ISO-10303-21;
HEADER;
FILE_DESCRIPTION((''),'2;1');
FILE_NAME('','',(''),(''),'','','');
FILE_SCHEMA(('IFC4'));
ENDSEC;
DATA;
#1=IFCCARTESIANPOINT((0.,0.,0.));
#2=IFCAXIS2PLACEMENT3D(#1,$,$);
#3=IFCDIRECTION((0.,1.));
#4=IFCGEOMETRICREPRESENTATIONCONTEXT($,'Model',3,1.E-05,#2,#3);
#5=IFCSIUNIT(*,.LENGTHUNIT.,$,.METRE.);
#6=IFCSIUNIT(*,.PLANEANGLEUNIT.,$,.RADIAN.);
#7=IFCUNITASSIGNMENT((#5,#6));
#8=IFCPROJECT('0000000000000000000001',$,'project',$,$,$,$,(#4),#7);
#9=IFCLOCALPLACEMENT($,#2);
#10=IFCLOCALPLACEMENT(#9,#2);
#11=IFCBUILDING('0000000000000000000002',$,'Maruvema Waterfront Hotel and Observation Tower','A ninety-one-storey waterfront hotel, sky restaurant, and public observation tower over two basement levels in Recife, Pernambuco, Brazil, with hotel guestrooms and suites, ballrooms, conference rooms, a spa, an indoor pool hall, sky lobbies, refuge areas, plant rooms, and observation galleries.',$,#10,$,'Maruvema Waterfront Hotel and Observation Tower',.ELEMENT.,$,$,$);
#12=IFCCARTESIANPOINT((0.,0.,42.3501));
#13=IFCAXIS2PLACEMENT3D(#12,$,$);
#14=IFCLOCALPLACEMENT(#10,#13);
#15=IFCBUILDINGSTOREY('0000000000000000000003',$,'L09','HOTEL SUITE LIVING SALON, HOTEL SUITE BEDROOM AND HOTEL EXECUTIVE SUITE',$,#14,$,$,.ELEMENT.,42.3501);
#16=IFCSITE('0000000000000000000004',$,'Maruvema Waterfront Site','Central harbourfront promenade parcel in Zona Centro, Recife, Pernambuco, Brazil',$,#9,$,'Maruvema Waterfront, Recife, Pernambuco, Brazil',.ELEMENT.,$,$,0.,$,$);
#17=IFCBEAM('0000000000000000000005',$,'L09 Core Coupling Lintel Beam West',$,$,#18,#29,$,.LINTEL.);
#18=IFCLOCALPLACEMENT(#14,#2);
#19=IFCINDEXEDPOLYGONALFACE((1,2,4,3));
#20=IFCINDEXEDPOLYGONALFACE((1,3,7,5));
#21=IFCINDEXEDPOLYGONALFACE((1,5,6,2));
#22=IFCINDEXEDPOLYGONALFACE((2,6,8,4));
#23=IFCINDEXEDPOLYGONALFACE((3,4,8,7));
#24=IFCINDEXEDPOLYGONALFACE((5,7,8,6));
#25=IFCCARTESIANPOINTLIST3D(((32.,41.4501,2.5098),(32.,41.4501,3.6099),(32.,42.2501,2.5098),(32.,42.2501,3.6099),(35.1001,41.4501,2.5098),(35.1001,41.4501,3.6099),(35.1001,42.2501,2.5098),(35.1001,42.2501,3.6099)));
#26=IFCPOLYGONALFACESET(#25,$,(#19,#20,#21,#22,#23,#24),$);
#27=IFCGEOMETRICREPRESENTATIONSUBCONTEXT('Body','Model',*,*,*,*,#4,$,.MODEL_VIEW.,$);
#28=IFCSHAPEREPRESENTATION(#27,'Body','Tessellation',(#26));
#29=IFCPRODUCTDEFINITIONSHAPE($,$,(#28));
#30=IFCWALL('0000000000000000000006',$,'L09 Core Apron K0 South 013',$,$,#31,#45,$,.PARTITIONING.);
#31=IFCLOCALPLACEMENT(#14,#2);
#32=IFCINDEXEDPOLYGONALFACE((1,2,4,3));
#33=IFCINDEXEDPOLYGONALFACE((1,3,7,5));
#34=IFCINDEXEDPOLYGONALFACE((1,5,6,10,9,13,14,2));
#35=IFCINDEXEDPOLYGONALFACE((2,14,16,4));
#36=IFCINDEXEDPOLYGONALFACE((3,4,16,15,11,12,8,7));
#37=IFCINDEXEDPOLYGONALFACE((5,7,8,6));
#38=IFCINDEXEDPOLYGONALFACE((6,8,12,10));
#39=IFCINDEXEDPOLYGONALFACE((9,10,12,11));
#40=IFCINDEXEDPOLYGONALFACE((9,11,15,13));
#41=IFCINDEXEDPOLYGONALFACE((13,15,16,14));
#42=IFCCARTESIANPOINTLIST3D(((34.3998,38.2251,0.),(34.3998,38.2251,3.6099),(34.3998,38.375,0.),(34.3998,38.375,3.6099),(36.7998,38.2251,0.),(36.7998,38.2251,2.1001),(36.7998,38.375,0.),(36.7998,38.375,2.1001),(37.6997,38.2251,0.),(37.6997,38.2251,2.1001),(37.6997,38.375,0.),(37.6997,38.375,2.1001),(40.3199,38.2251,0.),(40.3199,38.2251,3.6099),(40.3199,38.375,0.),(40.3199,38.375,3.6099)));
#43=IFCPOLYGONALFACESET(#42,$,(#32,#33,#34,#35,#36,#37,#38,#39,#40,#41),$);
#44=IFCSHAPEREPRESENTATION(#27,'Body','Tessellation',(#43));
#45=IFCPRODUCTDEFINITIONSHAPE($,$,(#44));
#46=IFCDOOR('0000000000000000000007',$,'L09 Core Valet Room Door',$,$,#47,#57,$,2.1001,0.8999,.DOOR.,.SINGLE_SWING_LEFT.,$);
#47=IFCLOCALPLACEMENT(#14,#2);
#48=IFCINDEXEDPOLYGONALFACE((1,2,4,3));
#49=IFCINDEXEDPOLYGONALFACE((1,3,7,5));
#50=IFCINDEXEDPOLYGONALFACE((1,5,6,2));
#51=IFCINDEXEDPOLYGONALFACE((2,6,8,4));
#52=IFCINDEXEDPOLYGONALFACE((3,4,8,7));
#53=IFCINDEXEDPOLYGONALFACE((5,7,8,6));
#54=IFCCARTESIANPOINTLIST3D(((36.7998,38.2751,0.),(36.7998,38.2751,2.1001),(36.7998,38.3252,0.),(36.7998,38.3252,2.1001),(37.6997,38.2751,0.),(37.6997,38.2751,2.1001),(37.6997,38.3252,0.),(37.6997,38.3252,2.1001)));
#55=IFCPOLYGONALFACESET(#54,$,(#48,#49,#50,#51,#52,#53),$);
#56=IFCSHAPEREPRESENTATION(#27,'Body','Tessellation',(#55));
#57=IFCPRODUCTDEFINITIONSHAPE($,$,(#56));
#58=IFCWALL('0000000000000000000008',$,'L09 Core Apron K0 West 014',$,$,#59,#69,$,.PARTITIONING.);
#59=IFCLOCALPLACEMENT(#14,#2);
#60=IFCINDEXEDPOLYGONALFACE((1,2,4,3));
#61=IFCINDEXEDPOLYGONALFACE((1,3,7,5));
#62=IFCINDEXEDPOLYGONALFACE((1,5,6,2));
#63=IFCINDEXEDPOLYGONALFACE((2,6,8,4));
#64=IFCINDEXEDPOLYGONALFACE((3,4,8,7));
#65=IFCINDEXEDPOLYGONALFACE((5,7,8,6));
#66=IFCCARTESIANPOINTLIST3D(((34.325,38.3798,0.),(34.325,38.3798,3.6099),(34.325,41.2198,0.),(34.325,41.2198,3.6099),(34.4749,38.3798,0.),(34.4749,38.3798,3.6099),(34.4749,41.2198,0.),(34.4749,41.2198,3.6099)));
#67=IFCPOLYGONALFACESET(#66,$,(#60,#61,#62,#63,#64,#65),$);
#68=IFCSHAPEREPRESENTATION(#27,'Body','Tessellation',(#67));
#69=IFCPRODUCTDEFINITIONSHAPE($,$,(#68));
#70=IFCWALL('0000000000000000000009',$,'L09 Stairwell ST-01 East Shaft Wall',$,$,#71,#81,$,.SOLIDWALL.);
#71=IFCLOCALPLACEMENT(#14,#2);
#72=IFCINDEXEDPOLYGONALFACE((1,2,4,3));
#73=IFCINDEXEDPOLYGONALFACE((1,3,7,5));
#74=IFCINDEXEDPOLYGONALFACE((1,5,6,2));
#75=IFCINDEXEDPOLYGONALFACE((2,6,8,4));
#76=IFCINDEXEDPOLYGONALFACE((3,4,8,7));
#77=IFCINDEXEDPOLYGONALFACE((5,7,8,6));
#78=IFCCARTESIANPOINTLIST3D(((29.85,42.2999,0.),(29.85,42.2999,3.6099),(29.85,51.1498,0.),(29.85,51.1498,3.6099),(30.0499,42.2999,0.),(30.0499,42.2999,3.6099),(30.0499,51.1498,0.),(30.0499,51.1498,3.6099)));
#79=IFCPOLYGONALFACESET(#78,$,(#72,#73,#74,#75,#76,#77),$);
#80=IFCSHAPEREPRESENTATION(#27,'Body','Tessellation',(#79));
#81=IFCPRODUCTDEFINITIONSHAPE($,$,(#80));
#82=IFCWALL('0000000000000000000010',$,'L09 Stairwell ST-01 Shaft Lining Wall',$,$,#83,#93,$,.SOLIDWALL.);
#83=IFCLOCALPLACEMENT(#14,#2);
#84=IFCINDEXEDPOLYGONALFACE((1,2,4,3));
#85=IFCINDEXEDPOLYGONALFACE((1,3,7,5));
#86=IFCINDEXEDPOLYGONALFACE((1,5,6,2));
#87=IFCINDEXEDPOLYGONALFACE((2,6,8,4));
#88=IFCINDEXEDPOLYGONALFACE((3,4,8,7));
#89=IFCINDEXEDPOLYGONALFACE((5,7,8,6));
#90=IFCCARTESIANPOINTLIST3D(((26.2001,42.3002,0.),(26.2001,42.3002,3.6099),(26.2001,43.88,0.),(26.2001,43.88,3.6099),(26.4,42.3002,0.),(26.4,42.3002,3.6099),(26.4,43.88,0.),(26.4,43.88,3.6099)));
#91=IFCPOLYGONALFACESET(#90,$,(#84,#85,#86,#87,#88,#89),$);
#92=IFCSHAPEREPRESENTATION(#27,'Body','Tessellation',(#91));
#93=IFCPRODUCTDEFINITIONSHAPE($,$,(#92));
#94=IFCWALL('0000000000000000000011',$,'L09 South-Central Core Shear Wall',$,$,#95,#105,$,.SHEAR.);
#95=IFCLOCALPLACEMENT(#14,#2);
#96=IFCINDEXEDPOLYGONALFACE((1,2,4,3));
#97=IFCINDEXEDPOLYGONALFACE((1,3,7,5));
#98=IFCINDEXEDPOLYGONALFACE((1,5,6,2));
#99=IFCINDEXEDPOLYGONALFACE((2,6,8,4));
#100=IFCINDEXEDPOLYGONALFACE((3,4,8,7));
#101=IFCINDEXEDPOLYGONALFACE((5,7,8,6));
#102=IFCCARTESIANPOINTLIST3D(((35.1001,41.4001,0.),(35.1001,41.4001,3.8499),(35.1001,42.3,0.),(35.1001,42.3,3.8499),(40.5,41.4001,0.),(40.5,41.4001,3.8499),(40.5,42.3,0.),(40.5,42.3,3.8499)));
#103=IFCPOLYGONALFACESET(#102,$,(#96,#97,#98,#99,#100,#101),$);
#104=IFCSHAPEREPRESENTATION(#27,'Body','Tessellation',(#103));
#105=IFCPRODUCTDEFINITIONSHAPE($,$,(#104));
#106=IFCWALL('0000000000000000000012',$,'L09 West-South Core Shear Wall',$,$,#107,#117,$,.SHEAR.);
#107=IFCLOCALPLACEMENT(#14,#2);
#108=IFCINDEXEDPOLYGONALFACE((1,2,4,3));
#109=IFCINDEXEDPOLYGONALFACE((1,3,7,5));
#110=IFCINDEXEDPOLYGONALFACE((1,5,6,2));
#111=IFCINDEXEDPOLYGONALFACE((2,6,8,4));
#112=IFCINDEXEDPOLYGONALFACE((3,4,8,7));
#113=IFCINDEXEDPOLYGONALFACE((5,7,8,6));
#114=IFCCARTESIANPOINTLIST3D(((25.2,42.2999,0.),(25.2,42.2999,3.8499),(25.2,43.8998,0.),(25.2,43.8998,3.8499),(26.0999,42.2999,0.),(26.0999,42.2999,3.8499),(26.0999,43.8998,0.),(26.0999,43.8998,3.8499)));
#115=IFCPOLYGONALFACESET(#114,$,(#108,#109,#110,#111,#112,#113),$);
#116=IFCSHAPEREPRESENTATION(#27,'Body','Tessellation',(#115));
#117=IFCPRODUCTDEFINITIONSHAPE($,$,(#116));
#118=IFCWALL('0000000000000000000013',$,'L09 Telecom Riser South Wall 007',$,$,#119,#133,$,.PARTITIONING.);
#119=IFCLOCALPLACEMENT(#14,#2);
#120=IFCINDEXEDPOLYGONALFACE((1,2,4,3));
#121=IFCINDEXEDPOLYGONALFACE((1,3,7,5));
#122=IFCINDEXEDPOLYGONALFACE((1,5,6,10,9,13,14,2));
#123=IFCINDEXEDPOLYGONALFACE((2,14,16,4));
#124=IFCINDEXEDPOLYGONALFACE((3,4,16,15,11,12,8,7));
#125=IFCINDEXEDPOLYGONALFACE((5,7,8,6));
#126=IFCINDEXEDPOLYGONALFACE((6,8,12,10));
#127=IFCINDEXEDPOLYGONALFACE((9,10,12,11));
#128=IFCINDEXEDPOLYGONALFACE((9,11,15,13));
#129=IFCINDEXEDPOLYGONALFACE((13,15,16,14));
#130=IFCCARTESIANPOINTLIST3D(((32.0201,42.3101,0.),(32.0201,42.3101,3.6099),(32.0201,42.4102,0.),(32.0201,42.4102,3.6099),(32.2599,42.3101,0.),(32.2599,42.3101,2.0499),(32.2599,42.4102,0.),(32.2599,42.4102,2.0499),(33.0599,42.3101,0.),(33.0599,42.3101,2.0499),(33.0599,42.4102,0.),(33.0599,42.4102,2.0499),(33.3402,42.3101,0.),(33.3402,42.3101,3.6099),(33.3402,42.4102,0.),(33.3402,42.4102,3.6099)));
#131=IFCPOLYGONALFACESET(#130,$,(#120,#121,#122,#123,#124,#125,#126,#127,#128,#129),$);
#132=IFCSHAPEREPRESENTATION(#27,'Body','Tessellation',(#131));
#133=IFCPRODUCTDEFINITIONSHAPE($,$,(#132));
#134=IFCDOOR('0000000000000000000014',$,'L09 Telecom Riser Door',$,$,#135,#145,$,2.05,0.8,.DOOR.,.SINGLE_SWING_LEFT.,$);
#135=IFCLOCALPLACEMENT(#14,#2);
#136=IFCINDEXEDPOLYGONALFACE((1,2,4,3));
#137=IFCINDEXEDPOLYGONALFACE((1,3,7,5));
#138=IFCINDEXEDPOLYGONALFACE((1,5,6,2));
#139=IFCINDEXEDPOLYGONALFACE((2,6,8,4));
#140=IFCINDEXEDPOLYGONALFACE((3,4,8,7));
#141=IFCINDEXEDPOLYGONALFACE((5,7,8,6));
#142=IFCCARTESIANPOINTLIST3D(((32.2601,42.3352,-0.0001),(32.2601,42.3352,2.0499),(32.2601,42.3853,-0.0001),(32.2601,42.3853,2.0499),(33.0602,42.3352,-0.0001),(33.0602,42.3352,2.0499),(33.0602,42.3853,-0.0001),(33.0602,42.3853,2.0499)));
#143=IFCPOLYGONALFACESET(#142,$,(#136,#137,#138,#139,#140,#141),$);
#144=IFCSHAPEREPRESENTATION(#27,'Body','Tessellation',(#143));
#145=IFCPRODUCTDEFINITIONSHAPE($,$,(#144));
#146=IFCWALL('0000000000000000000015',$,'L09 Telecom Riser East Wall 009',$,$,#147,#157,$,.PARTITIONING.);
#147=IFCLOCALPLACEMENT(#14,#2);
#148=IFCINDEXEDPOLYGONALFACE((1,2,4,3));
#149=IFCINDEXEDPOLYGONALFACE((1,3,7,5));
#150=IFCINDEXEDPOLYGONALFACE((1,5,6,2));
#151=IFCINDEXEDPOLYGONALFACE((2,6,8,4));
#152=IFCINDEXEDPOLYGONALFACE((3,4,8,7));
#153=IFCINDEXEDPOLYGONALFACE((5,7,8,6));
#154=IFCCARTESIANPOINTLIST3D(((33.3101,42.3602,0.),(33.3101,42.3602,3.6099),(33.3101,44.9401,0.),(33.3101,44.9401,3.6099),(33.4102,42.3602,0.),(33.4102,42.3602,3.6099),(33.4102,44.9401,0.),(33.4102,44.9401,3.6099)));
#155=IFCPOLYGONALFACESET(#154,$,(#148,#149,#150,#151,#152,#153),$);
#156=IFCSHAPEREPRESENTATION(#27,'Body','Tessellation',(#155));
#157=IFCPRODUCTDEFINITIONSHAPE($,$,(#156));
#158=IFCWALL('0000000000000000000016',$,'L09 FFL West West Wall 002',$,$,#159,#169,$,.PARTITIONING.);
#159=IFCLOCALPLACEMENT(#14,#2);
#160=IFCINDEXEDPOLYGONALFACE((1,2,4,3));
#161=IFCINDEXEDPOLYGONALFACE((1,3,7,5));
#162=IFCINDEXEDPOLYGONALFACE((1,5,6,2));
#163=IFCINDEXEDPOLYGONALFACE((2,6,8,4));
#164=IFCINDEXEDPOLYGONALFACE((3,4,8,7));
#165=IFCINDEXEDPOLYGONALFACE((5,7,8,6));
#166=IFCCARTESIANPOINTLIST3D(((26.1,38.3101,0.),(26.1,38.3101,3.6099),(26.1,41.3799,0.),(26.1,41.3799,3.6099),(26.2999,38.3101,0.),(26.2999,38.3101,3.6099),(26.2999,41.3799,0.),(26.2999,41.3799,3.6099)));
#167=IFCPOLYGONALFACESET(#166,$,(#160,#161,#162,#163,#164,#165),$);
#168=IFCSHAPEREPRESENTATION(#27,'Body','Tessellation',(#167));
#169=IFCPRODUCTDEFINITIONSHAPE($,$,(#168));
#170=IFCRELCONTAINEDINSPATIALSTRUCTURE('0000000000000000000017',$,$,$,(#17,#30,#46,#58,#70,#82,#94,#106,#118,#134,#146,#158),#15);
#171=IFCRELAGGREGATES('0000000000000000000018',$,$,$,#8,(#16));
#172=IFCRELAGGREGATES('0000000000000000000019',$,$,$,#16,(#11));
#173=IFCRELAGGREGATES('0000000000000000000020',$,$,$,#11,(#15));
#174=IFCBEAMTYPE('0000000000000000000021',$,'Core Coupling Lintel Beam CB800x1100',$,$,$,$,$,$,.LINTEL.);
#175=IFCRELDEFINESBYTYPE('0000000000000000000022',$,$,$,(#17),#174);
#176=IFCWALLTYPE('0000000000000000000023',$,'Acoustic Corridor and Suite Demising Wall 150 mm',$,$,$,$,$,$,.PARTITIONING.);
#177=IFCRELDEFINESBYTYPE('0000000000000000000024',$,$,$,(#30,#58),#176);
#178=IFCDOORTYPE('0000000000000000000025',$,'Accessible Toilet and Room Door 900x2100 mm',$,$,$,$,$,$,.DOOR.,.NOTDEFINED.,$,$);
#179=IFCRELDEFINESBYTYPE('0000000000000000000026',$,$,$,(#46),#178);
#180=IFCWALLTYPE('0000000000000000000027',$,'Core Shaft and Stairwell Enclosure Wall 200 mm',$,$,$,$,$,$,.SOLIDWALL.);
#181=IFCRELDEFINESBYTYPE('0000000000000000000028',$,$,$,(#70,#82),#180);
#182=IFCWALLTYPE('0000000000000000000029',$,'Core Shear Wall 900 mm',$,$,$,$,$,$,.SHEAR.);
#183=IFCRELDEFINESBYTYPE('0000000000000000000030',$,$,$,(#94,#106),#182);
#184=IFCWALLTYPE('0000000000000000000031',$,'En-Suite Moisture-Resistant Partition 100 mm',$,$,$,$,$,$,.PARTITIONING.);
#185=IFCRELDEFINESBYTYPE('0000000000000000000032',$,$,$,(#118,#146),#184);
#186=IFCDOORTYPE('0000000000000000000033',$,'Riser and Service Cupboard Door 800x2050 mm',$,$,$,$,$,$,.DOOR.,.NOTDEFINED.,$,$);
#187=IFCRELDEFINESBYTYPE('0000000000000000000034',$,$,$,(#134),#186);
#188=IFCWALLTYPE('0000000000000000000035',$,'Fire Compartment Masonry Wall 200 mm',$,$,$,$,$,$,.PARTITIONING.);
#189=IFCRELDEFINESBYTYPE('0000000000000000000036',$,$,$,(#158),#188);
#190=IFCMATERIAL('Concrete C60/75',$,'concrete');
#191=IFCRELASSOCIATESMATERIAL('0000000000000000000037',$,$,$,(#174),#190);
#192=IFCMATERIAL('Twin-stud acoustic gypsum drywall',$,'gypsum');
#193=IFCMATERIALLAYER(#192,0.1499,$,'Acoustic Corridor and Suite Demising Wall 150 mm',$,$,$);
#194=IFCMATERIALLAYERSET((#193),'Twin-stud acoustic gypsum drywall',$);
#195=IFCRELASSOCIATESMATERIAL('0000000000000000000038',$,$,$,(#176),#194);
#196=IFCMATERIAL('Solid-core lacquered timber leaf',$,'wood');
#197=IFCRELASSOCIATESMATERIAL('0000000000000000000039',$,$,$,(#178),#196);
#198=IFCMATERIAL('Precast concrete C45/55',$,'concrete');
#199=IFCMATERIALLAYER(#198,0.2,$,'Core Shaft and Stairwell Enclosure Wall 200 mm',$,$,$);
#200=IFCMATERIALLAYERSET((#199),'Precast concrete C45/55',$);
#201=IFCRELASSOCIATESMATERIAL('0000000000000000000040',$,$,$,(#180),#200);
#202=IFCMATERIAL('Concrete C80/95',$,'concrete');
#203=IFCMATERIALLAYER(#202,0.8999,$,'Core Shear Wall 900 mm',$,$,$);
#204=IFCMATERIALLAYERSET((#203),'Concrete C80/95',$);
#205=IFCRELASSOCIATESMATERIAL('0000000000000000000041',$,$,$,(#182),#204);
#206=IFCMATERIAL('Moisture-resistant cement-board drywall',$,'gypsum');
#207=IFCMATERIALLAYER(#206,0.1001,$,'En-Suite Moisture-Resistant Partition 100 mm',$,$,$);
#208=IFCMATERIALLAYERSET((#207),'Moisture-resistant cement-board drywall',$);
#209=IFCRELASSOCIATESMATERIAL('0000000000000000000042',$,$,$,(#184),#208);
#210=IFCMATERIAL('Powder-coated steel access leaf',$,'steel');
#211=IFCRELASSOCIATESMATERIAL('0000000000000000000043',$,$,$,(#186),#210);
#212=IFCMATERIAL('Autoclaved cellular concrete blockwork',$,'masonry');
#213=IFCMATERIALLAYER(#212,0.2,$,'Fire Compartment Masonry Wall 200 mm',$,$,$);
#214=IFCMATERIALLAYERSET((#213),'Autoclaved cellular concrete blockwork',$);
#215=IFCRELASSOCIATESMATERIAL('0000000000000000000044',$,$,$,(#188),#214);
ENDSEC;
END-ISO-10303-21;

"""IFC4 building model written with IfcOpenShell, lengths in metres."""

from ifc_helpers import new_model, si_unit, direction, frame, frame_2d, origin, origin_2d, place, context, subcontext, project, spatial, rectangle, extrude, material, layer, layer_set, material_profile, profile_set, type_object, element, fill, save


model = new_model("IFC4")

# Units and contexts
model_context = context("Model", 3, precision=1e-05, world=origin(), true_north=direction((0.0, 1.0)))
body_context = subcontext(model_context, "Body", "Model", "MODEL_VIEW")
ifc_project = project(units=[si_unit("LENGTHUNIT", "METRE"), si_unit("PLANEANGLEUNIT", "RADIAN")], contexts=[model_context])

# Site, building, storey
site_placement = place(None, origin())
site = spatial("IfcSite", under=ifc_project, at=site_placement, Name="Maruvema Waterfront Site", Description="Central harbourfront promenade parcel in Zona Centro, Recife, Pernambuco, Brazil", LongName="Maruvema Waterfront, Recife, Pernambuco, Brazil", CompositionType="ELEMENT", RefElevation=0.0)
building_placement = place(site_placement, origin())
building = spatial("IfcBuilding", under=site, at=building_placement, Name="Maruvema Waterfront Hotel and Observation Tower", Description="A ninety-one-storey waterfront hotel, sky restaurant, and public observation tower over two basement levels in Recife, Pernambuco, Brazil, with hotel guestrooms and suites, ballrooms, conference rooms, a spa, an indoor pool hall, sky lobbies, refuge areas, plant rooms, and observation galleries.", LongName="Maruvema Waterfront Hotel and Observation Tower", CompositionType="ELEMENT")
storey_placement = place(building_placement, frame((0.0, 0.0, 42.3501)))
storey = spatial("IfcBuildingStorey", under=building, at=storey_placement, Name="L09", Description="HOTEL SUITE LIVING SALON, HOTEL SUITE BEDROOM AND HOTEL EXECUTIVE SUITE", CompositionType="ELEMENT", Elevation=42.3501)

# Beam
ifc_material_1 = material(Name="Concrete C60/75", Category="concrete")
ifc_material_profile = material_profile(ifc_material_1, rectangle(XDim=0.8, YDim=1.1001, at=origin_2d()), Name="CB800x1100")
ifc_profile_set = profile_set([ifc_material_profile], Name="Concrete C60/75")
beam_type = type_object("IfcBeamType", Name="Core Coupling Lintel Beam CB800x1100", PredefinedType="LINTEL", material=ifc_profile_set)
beam_placement = place(storey_placement, frame((32.0, 41.8501, 3.0598), z_axis=(1.0, 0.0, 0.0), x_axis=(0.0, 1.0, 0.0)))
element("IfcBeam", 1, at=beam_placement, inside=storey, type_object=beam_type, Name="L09 Core Coupling Lintel Beam West", PredefinedType="LINTEL", context=body_context, shape_type="SweptSolid", body=[
    extrude(rectangle(XDim=0.8, YDim=1.1001, at=origin_2d()), origin(), (0.0, 0.0, 1.0), 3.1001),
])

# Wall, opening, door
ifc_material_2 = material(Name="Twin-stud acoustic gypsum drywall", Category="gypsum")
ifc_layer_1 = layer(ifc_material_2, 0.1499, Name="Acoustic Corridor and Suite Demising Wall 150 mm")
ifc_layer_set_1 = layer_set([ifc_layer_1], Name="Twin-stud acoustic gypsum drywall")
wall_type_1 = type_object("IfcWallType", Name="Acoustic Corridor and Suite Demising Wall 150 mm", PredefinedType="PARTITIONING", material=ifc_layer_set_1)
wall_1_placement = place(storey_placement, frame((34.3999, 38.3, 0.0), z_axis=(0.0, 0.0, 1.0), x_axis=(1.0, 0.0, 0.0)))
wall_1 = element("IfcWall", 2, at=wall_1_placement, inside=storey, type_object=wall_type_1, Name="L09 Core Apron K0 South 013", PredefinedType="PARTITIONING", context=body_context, shape_type="SweptSolid", body=[
    extrude(rectangle(XDim=5.9202, YDim=0.1499, at=frame_2d((2.96, 0.0))), origin(), (0.0, 0.0, 1.0), 3.6099),
])
opening_1_placement = place(wall_1_placement, frame((2.3999, 0.0, 0.0)))
opening_1 = element("IfcOpeningElement", 3, at=opening_1_placement, cuts=wall_1, PredefinedType="OPENING", context=body_context, shape_type="SweptSolid", body=[
    extrude(rectangle(XDim=0.8999, YDim=2.1001, at=frame_2d((0.45, 1.05))), frame((0.0, 0.085, 0.0), z_axis=(0.0, -1.0, 0.0), x_axis=(1.0, 0.0, 0.0)), (0.0, 0.0, 1.0), 0.1699),
])
ifc_material_3 = material(Name="Solid-core lacquered timber leaf", Category="wood")
door_type_1 = type_object("IfcDoorType", Name="Accessible Toilet and Room Door 900x2100 mm", OperationType="NOTDEFINED", PredefinedType="DOOR", material=ifc_material_3)
door_1_placement = place(opening_1_placement, frame((0.8999, 0.0, 0.0), z_axis=(0.0, 0.0, 1.0), x_axis=(-1.0, 0.0, 0.0)))
door_1 = element("IfcDoor", 4, at=door_1_placement, inside=storey, type_object=door_type_1, Name="L09 Core Valet Room Door", OperationType="SINGLE_SWING_LEFT", OverallHeight=2.1001, OverallWidth=0.8999, PredefinedType="DOOR", context=body_context, shape_type="SweptSolid", body=[
    extrude(rectangle(XDim=0.8999, YDim=2.1001, at=frame_2d((0.45, 1.05))), frame((0.0, 0.0249, 0.0), z_axis=(0.0, -1.0, 0.0), x_axis=(1.0, 0.0, 0.0)), (0.0, 0.0, 1.0), 0.05),
])
fill(opening_1, door_1)

# Walls
wall_2_placement = place(storey_placement, frame((34.3999, 38.3799, 0.0), z_axis=(0.0, 0.0, 1.0), x_axis=(0.0, 1.0, 0.0)))
element("IfcWall", 5, at=wall_2_placement, inside=storey, type_object=wall_type_1, Name="L09 Core Apron K0 West 014", PredefinedType="PARTITIONING", context=body_context, shape_type="SweptSolid", body=[
    extrude(rectangle(XDim=2.8401, YDim=0.1499, at=frame_2d((1.4199, 0.0))), origin(), (0.0, 0.0, 1.0), 3.6099),
])
ifc_material_4 = material(Name="Precast concrete C45/55", Category="concrete")
ifc_layer_2 = layer(ifc_material_4, 0.2, Name="Core Shaft and Stairwell Enclosure Wall 200 mm")
ifc_layer_set_2 = layer_set([ifc_layer_2], Name="Precast concrete C45/55")
wall_type_2 = type_object("IfcWallType", Name="Core Shaft and Stairwell Enclosure Wall 200 mm", PredefinedType="SOLIDWALL", material=ifc_layer_set_2)
wall_3_placement = place(storey_placement, frame((29.95, 42.3, 0.0), z_axis=(0.0, 0.0, 1.0), x_axis=(0.0, 1.0, 0.0)))
element("IfcWall", 6, at=wall_3_placement, inside=storey, type_object=wall_type_2, Name="L09 Stairwell ST-01 East Shaft Wall", PredefinedType="SOLIDWALL", context=body_context, shape_type="SweptSolid", body=[
    extrude(rectangle(XDim=8.8499, YDim=0.2, at=frame_2d((4.4248, 0.0))), origin(), (0.0, 0.0, 1.0), 3.6099),
])
wall_4_placement = place(storey_placement, frame((26.3, 42.3, 0.0), z_axis=(0.0, 0.0, 1.0), x_axis=(0.0, 1.0, 0.0)))
element("IfcWall", 7, at=wall_4_placement, inside=storey, type_object=wall_type_2, Name="L09 Stairwell ST-01 Shaft Lining Wall", PredefinedType="SOLIDWALL", context=body_context, shape_type="SweptSolid", body=[
    extrude(rectangle(XDim=1.5798, YDim=0.2, at=frame_2d((0.79, 0.0))), origin(), (0.0, 0.0, 1.0), 3.6099),
])

# Shared definitions
ifc_material_5 = material(Name="Concrete C80/95", Category="concrete")
ifc_layer_3 = layer(ifc_material_5, 0.8999, Name="Core Shear Wall 900 mm")
ifc_layer_set_3 = layer_set([ifc_layer_3], Name="Concrete C80/95")
wall_type_3 = type_object("IfcWallType", Name="Core Shear Wall 900 mm", PredefinedType="SHEAR", material=ifc_layer_set_3)

# Walls
wall_5_placement = place(storey_placement, frame((35.1001, 41.8501, 0.0), z_axis=(0.0, 0.0, 1.0), x_axis=(1.0, 0.0, 0.0)))
element("IfcWall", 8, at=wall_5_placement, inside=storey, type_object=wall_type_3, Name="L09 South-Central Core Shear Wall", PredefinedType="SHEAR", context=body_context, shape_type="SweptSolid", body=[
    extrude(rectangle(XDim=5.3999, YDim=0.8999, at=frame_2d((2.7, 0.0))), origin(), (0.0, 0.0, 1.0), 3.8499),
])
wall_6_placement = place(storey_placement, frame((25.6499, 42.3, 0.0), z_axis=(0.0, 0.0, 1.0), x_axis=(0.0, 1.0, 0.0)))
element("IfcWall", 9, at=wall_6_placement, inside=storey, type_object=wall_type_3, Name="L09 West-South Core Shear Wall", PredefinedType="SHEAR", context=body_context, shape_type="SweptSolid", body=[
    extrude(rectangle(XDim=1.5999, YDim=0.8999, at=frame_2d((0.7998, 0.0))), origin(), (0.0, 0.0, 1.0), 3.8499),
])

# Wall, opening, door
ifc_material_6 = material(Name="Moisture-resistant cement-board drywall", Category="gypsum")
ifc_layer_4 = layer(ifc_material_6, 0.1001, Name="En-Suite Moisture-Resistant Partition 100 mm")
ifc_layer_set_4 = layer_set([ifc_layer_4], Name="Moisture-resistant cement-board drywall")
wall_type_4 = type_object("IfcWallType", Name="En-Suite Moisture-Resistant Partition 100 mm", PredefinedType="PARTITIONING", material=ifc_layer_set_4)
wall_7_placement = place(storey_placement, frame((32.02, 42.3601, 0.0), z_axis=(0.0, 0.0, 1.0), x_axis=(1.0, 0.0, 0.0)))
wall_7 = element("IfcWall", 10, at=wall_7_placement, inside=storey, type_object=wall_type_4, Name="L09 Telecom Riser South Wall 007", PredefinedType="PARTITIONING", context=body_context, shape_type="SweptSolid", body=[
    extrude(rectangle(XDim=1.3201, YDim=0.1001, at=frame_2d((0.6602, 0.0))), origin(), (0.0, 0.0, 1.0), 3.6099),
])
opening_2_placement = place(wall_7_placement, frame((0.24, 0.0, 0.0)))
opening_2 = element("IfcOpeningElement", 11, at=opening_2_placement, cuts=wall_7, PredefinedType="OPENING", context=body_context, shape_type="SweptSolid", body=[
    extrude(rectangle(XDim=0.8, YDim=2.05, at=frame_2d((0.3999, 1.0249))), frame((0.0, 0.0601, 0.0), z_axis=(0.0, -1.0, 0.0), x_axis=(1.0, 0.0, 0.0)), (0.0, 0.0, 1.0), 0.1201),
])
ifc_material_7 = material(Name="Powder-coated steel access leaf", Category="steel")
door_type_2 = type_object("IfcDoorType", Name="Riser and Service Cupboard Door 800x2050 mm", OperationType="NOTDEFINED", PredefinedType="DOOR", material=ifc_material_7)
door_2_placement = place(opening_2_placement, frame((0.8, 0.0, 0.0), z_axis=(0.0, 0.0, 1.0), x_axis=(-1.0, 0.0, 0.0)))
door_2 = element("IfcDoor", 12, at=door_2_placement, inside=storey, type_object=door_type_2, Name="L09 Telecom Riser Door", OperationType="SINGLE_SWING_LEFT", OverallHeight=2.05, OverallWidth=0.8, PredefinedType="DOOR", context=body_context, shape_type="SweptSolid", body=[
    extrude(rectangle(XDim=0.8, YDim=2.05, at=frame_2d((0.3999, 1.0249))), frame((0.0, 0.0249, 0.0), z_axis=(0.0, -1.0, 0.0), x_axis=(1.0, 0.0, 0.0)), (0.0, 0.0, 1.0), 0.05),
])
fill(opening_2, door_2)

# Walls
wall_8_placement = place(storey_placement, frame((33.3601, 42.3601, 0.0), z_axis=(0.0, 0.0, 1.0), x_axis=(0.0, 1.0, 0.0)))
element("IfcWall", 13, at=wall_8_placement, inside=storey, type_object=wall_type_4, Name="L09 Telecom Riser East Wall 009", PredefinedType="PARTITIONING", context=body_context, shape_type="SweptSolid", body=[
    extrude(rectangle(XDim=2.5798, YDim=0.1001, at=frame_2d((1.29, 0.0))), origin(), (0.0, 0.0, 1.0), 3.6099),
])
ifc_material_8 = material(Name="Autoclaved cellular concrete blockwork", Category="masonry")
ifc_layer_5 = layer(ifc_material_8, 0.2, Name="Fire Compartment Masonry Wall 200 mm")
ifc_layer_set_5 = layer_set([ifc_layer_5], Name="Autoclaved cellular concrete blockwork")
wall_type_5 = type_object("IfcWallType", Name="Fire Compartment Masonry Wall 200 mm", PredefinedType="PARTITIONING", material=ifc_layer_set_5)
for number, where, z_axis, x_axis, name in (
    (14, (26.2, 38.3101, 0.0), (0.0, 0.0, 1.0), (0.0, 1.0, 0.0), "L09 FFL West West Wall 002"),
):
    element("IfcWall", number, at=place(storey_placement, frame(where, z_axis=z_axis, x_axis=x_axis)), inside=storey, type_object=wall_type_5, Name=name, PredefinedType="PARTITIONING", context=body_context, shape_type="SweptSolid", body=[
        extrude(rectangle(XDim=3.0698, YDim=0.2, at=frame_2d((1.5349, 0.0))), origin(), (0.0, 0.0, 1.0), 3.6099),
    ])

save(model, "model.ifc")
